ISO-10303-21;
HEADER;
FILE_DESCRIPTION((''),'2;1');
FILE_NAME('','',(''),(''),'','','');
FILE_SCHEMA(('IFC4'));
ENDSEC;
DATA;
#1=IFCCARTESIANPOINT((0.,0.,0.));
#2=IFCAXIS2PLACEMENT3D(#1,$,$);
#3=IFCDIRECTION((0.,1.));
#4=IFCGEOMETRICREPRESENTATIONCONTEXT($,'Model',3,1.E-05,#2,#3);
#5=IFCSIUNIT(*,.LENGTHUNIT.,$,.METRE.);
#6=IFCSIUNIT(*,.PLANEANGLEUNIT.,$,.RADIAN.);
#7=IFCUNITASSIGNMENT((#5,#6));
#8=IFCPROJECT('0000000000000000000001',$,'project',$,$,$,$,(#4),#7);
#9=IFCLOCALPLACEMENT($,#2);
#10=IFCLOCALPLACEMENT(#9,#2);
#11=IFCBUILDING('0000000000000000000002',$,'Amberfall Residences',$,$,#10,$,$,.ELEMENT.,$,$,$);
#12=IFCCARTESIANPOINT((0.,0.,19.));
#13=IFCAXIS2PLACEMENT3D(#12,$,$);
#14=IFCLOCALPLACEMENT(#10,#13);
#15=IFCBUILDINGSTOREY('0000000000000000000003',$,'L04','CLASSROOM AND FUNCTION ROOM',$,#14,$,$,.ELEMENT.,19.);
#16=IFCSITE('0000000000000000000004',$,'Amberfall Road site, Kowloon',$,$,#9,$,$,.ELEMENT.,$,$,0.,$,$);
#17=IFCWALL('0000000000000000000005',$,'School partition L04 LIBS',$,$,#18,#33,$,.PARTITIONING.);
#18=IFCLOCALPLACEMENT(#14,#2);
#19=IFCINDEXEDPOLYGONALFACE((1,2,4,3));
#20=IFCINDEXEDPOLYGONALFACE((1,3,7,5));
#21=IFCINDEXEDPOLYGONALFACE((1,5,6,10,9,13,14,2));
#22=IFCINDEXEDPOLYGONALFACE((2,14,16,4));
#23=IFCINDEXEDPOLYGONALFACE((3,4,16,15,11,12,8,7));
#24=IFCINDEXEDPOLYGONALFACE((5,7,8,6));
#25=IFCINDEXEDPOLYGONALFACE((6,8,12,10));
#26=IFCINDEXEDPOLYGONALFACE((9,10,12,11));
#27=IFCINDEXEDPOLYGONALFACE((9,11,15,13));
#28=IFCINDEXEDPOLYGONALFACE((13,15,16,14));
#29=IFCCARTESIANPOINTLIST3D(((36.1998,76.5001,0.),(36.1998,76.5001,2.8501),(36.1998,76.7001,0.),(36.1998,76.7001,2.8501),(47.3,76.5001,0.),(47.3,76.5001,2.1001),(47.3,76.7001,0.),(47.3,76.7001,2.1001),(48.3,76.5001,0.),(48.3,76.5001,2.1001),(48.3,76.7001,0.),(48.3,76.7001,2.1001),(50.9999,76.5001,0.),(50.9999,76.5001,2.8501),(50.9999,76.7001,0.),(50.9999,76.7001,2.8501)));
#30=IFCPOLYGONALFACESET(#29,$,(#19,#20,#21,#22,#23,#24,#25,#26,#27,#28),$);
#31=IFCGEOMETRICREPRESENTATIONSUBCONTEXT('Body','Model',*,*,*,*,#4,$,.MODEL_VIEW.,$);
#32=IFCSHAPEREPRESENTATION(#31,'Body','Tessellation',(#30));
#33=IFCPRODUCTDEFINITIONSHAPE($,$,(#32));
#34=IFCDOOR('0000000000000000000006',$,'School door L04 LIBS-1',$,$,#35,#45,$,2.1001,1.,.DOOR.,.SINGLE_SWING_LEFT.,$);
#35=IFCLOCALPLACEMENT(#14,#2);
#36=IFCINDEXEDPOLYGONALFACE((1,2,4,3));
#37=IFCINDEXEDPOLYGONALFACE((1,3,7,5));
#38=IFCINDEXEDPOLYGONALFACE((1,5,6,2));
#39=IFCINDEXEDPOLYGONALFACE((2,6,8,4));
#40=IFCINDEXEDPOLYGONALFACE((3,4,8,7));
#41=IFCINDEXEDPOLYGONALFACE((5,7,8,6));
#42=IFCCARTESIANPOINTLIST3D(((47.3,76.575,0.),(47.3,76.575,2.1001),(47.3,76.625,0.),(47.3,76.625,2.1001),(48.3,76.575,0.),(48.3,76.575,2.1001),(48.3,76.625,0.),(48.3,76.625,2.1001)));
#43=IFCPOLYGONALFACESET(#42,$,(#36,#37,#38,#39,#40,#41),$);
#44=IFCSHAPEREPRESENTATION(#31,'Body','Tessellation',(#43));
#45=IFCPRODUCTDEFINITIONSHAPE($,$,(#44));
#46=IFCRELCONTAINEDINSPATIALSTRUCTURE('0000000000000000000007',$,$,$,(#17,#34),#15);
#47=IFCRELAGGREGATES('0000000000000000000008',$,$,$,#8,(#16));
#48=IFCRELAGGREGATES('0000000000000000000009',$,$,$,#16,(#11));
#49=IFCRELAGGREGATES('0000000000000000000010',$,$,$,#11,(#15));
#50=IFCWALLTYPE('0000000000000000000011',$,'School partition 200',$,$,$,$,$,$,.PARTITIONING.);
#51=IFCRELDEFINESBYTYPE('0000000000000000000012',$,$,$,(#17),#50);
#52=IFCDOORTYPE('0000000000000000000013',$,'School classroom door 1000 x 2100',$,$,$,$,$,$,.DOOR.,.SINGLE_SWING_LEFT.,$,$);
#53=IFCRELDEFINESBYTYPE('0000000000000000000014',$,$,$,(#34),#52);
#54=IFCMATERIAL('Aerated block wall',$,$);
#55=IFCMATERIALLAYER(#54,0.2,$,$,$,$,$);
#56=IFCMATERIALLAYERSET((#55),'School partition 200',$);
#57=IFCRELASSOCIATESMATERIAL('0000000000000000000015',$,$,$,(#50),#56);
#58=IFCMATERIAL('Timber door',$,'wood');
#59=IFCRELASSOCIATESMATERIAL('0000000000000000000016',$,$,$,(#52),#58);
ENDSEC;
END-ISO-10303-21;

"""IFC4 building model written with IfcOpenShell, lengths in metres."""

from ifc_helpers import new_model, si_unit, direction, frame, frame_2d, origin, place, context, subcontext, project, spatial, rectangle, extrude, material, layer, layer_set, type_object, element, fill, save


model = new_model("IFC4")

# Units and contexts
model_context = context("Model", 3, precision=1e-05, world=origin(), true_north=direction((0.0, 1.0)))
body_context = subcontext(model_context, "Body", "Model", "MODEL_VIEW")
ifc_project = project(units=[si_unit("LENGTHUNIT", "METRE"), si_unit("PLANEANGLEUNIT", "RADIAN")], contexts=[model_context])

# Site, building, storey
site_placement = place(None, origin())
site = spatial("IfcSite", under=ifc_project, at=site_placement, Name="Amberfall Road site, Kowloon", CompositionType="ELEMENT", RefElevation=0.0)
building_placement = place(site_placement, origin())
building = spatial("IfcBuilding", under=site, at=building_placement, Name="Amberfall Residences", CompositionType="ELEMENT")
storey_placement = place(building_placement, frame((0.0, 0.0, 19.0)))
storey = spatial("IfcBuildingStorey", under=building, at=storey_placement, Name="L04", Description="CLASSROOM AND FUNCTION ROOM", CompositionType="ELEMENT", Elevation=19.0)

# Shared definitions
ifc_material_1 = material(Name="Aerated block wall")

# Wall, opening, door
ifc_layer_1 = layer(ifc_material_1, 0.2)
ifc_layer_set_1 = layer_set([ifc_layer_1], Name="School partition 200")
wall_type_1 = type_object("IfcWallType", Name="School partition 200", PredefinedType="PARTITIONING", material=ifc_layer_set_1)
wall_1_placement = place(storey_placement, frame((36.2, 76.6001, 0.0), z_axis=(0.0, 0.0, 1.0), x_axis=(1.0, 0.0, 0.0)))
wall_1 = element("IfcWall", 1, at=wall_1_placement, inside=storey, type_object=wall_type_1, Name="School partition L04 LIBS", PredefinedType="PARTITIONING", context=body_context, shape_type="SweptSolid", body=[
    extrude(rectangle(XDim=14.8, YDim=0.2, at=frame_2d((7.3999, 0.0))), origin(), (0.0, 0.0, 1.0), 2.8501),
])
opening_1_placement = place(wall_1_placement, frame((11.1001, 0.0, 0.0)))
opening_1 = element("IfcOpeningElement", 2, at=opening_1_placement, cuts=wall_1, PredefinedType="OPENING", context=body_context, shape_type="SweptSolid", body=[
    extrude(rectangle(XDim=1.0, YDim=2.1001, at=frame_2d((0.5, 1.05))), frame((0.0, 0.1099, 0.0), z_axis=(0.0, -1.0, 0.0), x_axis=(1.0, 0.0, 0.0)), (0.0, 0.0, 1.0), 0.22),
])
ifc_material_2 = material(Name="Timber door", Category="wood")
door_type = type_object("IfcDoorType", Name="School classroom door 1000 x 2100", OperationType="SINGLE_SWING_LEFT", PredefinedType="DOOR", material=ifc_material_2)
door_placement = place(opening_1_placement, origin())
door = element("IfcDoor", 3, at=door_placement, inside=storey, type_object=door_type, Name="School door L04 LIBS-1", OperationType="SINGLE_SWING_LEFT", OverallHeight=2.1001, OverallWidth=1.0, PredefinedType="DOOR", context=body_context, shape_type="SweptSolid", body=[
    extrude(rectangle(XDim=1.0, YDim=2.1001, at=frame_2d((0.5, 1.05))), frame((0.0, 0.0249, 0.0), z_axis=(0.0, -1.0, 0.0), x_axis=(1.0, 0.0, 0.0)), (0.0, 0.0, 1.0), 0.05),
])
fill(opening_1, door)

save(model, "model.ifc")
